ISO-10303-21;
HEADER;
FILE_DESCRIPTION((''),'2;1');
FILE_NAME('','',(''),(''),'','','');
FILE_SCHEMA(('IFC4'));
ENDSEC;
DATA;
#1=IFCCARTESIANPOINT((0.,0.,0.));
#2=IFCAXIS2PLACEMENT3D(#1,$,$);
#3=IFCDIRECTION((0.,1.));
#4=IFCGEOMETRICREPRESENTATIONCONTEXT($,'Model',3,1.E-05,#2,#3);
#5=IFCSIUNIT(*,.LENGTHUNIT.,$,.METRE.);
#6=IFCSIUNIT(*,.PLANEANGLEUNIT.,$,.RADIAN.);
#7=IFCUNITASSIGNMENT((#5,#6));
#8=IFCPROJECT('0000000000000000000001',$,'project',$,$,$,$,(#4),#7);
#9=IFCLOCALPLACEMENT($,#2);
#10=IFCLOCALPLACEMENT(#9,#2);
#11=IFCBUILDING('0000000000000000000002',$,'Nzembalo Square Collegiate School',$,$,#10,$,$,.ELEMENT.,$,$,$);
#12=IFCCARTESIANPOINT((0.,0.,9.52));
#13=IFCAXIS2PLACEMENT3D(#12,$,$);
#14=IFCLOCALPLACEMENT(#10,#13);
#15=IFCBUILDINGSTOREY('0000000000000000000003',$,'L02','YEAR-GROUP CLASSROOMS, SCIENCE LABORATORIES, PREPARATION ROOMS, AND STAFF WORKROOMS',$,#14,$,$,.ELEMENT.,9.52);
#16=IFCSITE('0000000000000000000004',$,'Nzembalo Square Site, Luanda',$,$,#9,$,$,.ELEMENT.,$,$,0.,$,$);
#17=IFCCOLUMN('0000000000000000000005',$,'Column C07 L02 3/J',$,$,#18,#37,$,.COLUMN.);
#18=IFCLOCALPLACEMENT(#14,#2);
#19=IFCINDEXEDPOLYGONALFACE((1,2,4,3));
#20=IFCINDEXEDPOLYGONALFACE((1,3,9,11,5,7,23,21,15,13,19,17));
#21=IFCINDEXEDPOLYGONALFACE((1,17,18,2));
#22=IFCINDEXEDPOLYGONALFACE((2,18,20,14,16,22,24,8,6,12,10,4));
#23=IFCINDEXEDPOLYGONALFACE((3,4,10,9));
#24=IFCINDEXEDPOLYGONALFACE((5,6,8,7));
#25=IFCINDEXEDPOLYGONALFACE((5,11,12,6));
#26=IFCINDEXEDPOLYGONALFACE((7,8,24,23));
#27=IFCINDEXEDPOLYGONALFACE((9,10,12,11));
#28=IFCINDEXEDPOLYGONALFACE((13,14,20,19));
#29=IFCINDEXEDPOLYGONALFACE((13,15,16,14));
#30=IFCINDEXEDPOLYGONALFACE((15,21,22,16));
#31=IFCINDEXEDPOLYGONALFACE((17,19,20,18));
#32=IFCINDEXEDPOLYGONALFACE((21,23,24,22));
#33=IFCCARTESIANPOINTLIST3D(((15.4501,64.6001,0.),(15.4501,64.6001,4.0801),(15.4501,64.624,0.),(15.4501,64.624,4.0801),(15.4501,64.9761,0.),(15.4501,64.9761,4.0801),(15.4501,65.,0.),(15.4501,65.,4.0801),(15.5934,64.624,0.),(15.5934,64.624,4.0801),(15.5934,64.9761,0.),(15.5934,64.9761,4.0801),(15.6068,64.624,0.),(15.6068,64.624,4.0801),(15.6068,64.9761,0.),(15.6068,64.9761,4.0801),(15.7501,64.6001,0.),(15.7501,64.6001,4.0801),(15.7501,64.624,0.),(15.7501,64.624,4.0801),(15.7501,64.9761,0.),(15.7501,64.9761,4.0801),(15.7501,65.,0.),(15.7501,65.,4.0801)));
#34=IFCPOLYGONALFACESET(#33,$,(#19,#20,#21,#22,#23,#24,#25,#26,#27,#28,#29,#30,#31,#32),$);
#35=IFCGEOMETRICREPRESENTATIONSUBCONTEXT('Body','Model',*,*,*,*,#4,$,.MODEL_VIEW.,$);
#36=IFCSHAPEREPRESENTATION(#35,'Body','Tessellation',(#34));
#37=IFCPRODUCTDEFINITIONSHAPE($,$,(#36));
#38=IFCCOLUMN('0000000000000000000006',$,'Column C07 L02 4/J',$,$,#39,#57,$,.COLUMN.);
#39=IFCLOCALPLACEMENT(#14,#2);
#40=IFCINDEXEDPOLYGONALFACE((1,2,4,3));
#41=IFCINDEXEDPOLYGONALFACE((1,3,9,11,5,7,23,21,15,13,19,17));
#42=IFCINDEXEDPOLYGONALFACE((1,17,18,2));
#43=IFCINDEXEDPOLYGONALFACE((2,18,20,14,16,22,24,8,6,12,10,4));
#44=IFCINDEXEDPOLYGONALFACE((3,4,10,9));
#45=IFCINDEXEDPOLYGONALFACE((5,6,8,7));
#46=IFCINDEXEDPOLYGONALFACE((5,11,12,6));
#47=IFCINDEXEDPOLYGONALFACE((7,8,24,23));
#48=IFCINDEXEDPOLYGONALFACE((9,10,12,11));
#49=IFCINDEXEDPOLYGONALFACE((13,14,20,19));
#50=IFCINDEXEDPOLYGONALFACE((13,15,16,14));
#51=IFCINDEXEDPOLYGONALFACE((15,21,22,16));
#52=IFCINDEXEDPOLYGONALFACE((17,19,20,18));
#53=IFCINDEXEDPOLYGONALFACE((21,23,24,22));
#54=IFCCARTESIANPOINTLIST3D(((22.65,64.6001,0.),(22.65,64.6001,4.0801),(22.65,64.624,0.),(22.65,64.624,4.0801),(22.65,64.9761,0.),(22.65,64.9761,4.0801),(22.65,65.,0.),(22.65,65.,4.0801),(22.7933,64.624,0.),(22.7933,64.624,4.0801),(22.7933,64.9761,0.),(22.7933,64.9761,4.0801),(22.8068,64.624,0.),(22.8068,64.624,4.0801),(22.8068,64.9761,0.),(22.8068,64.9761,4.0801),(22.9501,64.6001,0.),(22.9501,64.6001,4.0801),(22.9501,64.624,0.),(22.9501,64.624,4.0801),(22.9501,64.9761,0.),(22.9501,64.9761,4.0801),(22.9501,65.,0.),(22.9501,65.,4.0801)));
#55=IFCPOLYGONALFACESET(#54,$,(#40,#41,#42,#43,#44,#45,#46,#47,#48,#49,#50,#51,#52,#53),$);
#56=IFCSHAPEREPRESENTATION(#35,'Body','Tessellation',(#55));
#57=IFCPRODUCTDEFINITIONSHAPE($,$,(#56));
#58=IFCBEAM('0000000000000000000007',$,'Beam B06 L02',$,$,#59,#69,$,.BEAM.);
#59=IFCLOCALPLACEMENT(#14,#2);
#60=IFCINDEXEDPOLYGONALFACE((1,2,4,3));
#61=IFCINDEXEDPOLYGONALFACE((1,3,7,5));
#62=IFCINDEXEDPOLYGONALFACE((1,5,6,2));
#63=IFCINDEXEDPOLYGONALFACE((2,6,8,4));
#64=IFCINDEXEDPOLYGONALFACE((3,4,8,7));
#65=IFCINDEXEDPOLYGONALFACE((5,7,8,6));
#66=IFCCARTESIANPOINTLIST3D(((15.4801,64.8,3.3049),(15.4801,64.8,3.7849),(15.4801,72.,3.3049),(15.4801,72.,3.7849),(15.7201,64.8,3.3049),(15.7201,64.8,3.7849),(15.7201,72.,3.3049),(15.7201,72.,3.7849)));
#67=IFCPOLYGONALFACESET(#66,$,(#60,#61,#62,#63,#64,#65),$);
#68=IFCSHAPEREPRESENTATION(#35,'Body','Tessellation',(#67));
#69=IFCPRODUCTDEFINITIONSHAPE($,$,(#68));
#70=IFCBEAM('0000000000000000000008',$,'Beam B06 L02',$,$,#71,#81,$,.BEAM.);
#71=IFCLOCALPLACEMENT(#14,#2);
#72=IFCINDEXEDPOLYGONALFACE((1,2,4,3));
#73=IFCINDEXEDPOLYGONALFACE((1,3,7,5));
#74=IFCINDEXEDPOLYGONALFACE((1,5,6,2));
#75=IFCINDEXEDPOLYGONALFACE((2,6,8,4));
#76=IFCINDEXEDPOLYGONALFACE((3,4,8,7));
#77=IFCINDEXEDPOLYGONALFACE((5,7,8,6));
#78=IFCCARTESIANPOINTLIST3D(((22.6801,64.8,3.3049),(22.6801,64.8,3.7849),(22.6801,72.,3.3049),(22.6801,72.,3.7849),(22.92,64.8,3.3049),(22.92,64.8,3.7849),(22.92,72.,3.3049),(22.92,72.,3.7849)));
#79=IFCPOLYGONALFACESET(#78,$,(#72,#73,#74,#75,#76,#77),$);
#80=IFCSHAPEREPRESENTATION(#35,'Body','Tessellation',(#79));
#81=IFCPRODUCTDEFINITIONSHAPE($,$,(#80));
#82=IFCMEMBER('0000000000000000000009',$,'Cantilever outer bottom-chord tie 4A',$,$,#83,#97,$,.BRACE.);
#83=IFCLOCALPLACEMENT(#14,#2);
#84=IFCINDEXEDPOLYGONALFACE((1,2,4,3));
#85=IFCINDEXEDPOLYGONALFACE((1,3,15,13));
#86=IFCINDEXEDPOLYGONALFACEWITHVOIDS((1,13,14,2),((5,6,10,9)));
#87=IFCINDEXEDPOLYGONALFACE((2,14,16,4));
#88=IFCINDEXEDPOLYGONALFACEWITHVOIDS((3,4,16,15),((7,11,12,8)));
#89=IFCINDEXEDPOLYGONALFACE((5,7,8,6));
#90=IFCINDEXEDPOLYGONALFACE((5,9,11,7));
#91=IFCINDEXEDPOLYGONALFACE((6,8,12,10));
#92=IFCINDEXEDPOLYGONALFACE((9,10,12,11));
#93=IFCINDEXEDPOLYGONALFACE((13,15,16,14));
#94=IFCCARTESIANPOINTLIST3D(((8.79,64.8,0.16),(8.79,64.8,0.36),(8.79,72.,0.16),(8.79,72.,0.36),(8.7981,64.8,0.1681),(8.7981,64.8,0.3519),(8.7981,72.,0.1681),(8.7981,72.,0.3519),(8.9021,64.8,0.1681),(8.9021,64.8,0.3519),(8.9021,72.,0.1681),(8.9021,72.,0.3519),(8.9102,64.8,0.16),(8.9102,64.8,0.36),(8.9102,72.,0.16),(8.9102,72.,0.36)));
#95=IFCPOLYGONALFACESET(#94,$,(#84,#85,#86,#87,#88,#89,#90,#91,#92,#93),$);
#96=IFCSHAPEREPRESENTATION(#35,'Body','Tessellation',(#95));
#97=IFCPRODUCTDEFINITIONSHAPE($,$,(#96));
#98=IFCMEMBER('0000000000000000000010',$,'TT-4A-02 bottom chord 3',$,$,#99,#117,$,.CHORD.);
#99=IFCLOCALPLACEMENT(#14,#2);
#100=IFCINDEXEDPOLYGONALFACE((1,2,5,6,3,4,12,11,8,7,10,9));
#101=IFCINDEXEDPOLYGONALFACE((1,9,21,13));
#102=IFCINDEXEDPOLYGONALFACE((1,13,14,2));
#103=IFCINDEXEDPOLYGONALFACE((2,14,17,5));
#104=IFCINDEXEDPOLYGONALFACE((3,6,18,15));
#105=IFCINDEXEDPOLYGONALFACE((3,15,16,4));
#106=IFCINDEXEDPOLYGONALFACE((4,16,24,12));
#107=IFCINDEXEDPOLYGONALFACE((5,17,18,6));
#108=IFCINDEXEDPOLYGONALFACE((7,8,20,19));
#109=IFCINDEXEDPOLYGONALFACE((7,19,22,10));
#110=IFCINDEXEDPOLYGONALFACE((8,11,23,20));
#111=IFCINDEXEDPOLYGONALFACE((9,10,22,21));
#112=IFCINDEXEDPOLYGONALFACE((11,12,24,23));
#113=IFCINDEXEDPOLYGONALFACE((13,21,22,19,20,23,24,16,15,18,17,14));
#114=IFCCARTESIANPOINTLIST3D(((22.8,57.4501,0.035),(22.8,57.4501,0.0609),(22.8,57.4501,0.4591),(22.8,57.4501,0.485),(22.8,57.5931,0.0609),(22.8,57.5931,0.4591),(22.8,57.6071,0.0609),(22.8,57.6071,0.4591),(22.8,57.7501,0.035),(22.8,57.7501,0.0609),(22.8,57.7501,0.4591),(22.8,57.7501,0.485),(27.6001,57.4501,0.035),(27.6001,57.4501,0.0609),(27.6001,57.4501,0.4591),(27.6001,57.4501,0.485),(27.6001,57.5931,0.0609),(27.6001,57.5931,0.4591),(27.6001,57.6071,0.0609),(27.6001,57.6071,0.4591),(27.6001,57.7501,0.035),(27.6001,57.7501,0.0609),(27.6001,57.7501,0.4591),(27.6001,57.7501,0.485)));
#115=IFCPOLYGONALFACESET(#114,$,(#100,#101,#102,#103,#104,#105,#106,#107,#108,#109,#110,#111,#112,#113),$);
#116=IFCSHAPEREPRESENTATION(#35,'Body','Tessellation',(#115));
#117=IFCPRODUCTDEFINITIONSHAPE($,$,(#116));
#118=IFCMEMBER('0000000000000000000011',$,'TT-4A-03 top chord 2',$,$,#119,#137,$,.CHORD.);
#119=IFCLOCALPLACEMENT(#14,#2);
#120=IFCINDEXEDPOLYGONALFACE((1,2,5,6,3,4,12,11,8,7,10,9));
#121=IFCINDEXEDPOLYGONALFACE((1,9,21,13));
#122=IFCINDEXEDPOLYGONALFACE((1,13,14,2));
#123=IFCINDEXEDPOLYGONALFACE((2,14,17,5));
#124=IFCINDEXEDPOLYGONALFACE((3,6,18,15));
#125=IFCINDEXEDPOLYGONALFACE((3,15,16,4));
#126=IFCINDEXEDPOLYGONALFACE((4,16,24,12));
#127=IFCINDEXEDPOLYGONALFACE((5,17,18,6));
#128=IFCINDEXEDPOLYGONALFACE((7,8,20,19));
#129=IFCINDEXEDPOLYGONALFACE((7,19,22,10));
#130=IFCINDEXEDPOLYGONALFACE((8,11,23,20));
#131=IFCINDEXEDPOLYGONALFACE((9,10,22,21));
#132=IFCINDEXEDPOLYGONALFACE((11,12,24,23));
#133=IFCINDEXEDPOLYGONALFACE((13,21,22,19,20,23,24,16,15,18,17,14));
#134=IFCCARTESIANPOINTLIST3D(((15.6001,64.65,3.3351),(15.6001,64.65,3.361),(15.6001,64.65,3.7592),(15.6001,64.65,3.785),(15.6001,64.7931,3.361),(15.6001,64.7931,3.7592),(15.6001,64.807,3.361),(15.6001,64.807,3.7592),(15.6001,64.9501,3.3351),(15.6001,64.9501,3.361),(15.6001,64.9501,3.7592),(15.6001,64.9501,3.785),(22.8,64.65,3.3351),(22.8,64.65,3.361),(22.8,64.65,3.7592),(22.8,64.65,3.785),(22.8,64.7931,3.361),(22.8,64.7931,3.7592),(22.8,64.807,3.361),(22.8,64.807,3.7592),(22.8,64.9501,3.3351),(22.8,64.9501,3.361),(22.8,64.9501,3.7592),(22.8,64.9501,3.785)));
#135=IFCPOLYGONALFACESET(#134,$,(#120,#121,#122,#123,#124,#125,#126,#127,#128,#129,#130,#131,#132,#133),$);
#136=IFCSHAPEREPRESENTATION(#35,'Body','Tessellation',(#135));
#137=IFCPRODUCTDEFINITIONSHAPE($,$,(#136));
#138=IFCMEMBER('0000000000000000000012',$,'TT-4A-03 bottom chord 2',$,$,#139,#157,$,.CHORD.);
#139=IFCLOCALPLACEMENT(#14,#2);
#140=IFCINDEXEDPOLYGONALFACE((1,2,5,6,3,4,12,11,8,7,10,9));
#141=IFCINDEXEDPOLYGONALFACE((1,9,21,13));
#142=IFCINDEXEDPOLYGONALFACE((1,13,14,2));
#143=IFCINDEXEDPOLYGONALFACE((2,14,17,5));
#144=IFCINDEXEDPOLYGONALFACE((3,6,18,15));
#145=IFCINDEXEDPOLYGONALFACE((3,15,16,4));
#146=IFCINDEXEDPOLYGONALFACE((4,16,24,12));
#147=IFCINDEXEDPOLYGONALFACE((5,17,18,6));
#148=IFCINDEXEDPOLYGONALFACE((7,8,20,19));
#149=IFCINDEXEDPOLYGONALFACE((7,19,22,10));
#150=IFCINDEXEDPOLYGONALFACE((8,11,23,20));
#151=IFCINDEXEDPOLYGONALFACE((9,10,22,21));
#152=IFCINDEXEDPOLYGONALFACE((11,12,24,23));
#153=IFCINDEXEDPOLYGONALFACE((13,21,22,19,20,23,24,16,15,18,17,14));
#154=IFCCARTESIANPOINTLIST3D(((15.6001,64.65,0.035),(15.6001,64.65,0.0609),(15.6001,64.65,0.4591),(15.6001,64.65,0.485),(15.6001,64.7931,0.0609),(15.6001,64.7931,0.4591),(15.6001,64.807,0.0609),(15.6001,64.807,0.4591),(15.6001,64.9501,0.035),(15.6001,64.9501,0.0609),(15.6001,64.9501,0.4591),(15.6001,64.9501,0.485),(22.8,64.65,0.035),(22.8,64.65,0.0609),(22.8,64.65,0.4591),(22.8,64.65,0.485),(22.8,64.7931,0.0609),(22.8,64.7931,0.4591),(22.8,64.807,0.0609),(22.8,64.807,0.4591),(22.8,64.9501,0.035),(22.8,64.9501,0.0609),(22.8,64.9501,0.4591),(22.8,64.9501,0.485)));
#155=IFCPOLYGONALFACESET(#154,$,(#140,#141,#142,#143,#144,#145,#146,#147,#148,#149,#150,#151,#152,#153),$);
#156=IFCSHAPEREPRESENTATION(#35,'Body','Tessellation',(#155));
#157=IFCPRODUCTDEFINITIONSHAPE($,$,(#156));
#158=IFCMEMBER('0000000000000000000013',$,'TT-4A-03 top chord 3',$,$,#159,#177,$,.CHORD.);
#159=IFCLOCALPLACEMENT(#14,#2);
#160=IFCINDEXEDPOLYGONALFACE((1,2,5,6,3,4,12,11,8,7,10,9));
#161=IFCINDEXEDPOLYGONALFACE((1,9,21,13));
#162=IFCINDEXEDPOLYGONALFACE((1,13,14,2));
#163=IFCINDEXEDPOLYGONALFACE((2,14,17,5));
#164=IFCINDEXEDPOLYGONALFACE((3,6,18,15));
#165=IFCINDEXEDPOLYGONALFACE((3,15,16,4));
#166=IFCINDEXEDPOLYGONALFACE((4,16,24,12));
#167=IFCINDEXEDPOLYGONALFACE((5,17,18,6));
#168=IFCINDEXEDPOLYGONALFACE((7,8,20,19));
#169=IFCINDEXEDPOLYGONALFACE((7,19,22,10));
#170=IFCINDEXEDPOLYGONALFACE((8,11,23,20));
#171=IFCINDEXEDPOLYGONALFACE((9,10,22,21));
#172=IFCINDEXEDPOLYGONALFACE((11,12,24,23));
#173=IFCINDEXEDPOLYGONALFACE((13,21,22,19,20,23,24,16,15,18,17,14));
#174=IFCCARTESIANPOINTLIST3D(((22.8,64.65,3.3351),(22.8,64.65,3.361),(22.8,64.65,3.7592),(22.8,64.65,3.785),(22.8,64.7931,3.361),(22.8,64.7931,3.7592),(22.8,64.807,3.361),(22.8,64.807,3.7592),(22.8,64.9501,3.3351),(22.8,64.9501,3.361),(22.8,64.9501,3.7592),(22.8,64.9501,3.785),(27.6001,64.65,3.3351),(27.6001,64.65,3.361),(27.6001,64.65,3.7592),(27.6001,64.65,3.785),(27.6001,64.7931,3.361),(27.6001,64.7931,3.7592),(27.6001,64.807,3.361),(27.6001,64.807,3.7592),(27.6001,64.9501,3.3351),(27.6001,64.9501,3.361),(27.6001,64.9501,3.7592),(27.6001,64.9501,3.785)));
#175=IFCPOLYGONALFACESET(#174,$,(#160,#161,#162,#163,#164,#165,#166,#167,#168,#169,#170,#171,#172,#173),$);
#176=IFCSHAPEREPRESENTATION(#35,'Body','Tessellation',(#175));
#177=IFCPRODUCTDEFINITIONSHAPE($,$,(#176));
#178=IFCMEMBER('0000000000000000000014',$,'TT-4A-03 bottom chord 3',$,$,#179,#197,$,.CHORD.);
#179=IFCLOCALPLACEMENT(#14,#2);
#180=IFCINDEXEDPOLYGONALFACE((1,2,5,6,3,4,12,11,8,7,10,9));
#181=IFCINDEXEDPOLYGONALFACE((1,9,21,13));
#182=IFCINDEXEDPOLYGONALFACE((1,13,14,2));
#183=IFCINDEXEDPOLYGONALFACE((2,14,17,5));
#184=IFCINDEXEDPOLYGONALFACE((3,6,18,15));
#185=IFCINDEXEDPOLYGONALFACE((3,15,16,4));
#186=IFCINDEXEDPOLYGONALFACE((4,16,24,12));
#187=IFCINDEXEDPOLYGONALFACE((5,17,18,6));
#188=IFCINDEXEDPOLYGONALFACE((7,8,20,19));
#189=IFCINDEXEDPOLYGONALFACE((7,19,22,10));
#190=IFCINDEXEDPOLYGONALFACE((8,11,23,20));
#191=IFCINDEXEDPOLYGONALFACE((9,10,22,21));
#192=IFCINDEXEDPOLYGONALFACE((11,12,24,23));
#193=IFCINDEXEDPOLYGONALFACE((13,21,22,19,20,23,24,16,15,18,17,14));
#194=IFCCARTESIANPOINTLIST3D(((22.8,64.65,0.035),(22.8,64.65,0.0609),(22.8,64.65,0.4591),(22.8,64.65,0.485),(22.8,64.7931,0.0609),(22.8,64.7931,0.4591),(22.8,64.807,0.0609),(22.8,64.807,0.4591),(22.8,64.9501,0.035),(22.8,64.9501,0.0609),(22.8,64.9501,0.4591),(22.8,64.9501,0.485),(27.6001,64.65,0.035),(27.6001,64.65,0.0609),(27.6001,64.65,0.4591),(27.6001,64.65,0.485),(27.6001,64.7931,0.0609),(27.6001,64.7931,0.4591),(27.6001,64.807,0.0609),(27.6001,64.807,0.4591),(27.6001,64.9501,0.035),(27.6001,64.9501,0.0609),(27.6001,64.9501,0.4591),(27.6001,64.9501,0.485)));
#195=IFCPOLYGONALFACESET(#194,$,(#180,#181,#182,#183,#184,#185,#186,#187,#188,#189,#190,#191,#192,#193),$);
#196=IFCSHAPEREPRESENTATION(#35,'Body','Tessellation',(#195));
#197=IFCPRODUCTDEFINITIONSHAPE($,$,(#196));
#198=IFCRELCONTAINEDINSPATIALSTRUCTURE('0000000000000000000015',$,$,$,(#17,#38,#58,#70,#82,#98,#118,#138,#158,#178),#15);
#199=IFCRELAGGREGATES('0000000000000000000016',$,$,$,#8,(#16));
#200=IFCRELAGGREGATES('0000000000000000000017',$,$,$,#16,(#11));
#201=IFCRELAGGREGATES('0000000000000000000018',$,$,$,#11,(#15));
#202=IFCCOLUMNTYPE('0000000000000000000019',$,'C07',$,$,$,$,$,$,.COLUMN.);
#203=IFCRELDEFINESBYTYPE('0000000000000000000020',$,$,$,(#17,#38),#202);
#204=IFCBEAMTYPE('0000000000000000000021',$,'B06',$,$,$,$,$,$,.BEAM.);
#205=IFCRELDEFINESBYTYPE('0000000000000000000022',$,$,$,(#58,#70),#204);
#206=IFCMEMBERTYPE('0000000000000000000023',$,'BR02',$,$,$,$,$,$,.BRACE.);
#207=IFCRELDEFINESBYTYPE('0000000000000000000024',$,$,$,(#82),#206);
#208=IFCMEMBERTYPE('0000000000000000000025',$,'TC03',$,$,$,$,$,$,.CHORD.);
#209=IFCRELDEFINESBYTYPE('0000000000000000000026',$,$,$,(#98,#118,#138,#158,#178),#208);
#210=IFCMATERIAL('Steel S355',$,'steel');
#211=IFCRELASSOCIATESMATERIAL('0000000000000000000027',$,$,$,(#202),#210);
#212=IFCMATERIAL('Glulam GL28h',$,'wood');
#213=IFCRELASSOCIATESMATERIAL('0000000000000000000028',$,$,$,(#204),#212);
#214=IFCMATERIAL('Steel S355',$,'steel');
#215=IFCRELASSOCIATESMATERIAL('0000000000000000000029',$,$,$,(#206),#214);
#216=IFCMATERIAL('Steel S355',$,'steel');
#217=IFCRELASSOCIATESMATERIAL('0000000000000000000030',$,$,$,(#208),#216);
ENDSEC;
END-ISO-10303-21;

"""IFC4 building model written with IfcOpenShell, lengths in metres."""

from ifc_helpers import new_model, si_unit, direction, frame, origin, origin_2d, place, context, subcontext, project, spatial, rectangle, hollow_rectangle, i_section, extrude, material, material_profile, profile_set, type_object, element, save


model = new_model("IFC4")

# Units and contexts
model_context = context("Model", 3, precision=1e-05, world=origin(), true_north=direction((0.0, 1.0)))
body_context = subcontext(model_context, "Body", "Model", "MODEL_VIEW")
ifc_project = project(units=[si_unit("LENGTHUNIT", "METRE"), si_unit("PLANEANGLEUNIT", "RADIAN")], contexts=[model_context])

# Site, building, storey
site_placement = place(None, origin())
site = spatial("IfcSite", under=ifc_project, at=site_placement, Name="Nzembalo Square Site, Luanda", CompositionType="ELEMENT", RefElevation=0.0)
building_placement = place(site_placement, origin())
building = spatial("IfcBuilding", under=site, at=building_placement, Name="Nzembalo Square Collegiate School", CompositionType="ELEMENT")
storey_placement = place(building_placement, frame((0.0, 0.0, 9.52)))
storey = spatial("IfcBuildingStorey", under=building, at=storey_placement, Name="L02", Description="YEAR-GROUP CLASSROOMS, SCIENCE LABORATORIES, PREPARATION ROOMS, AND STAFF WORKROOMS", CompositionType="ELEMENT", Elevation=9.52)

# Columns
ifc_material_1 = material(Name="Steel S355", Category="steel")
ifc_material_profile_1 = material_profile(ifc_material_1, i_section(OverallWidth=0.3, OverallDepth=0.3999, WebThickness=0.0134, FlangeThickness=0.0239, at=origin_2d()), Name="HEB 400")
ifc_profile_set_1 = profile_set([ifc_material_profile_1], Name="Steel S355")
column_type = type_object("IfcColumnType", Name="C07", PredefinedType="COLUMN", material=ifc_profile_set_1)
for number, where, z_axis, x_axis, name in (
    (1, (15.6001, 64.8, 0.0), (0.0, 0.0, 1.0), (1.0, 0.0, 0.0), "Column C07 L02 3/J"),
    (2, (22.8, 64.8, 0.0), (0.0, 0.0, 1.0), (1.0, 0.0, 0.0), "Column C07 L02 4/J"),
):
    element("IfcColumn", number, at=place(storey_placement, frame(where, z_axis=z_axis, x_axis=x_axis)), inside=storey, type_object=column_type, Name=name, PredefinedType="COLUMN", context=body_context, shape_type="SweptSolid", body=[
        extrude(i_section(OverallWidth=0.3, OverallDepth=0.3999, WebThickness=0.0134, FlangeThickness=0.0239, at=origin_2d()), origin(), (0.0, 0.0, 1.0), 4.0801),
    ])

# Beams
ifc_material_2 = material(Name="Glulam GL28h", Category="wood")
ifc_material_profile_2 = material_profile(ifc_material_2, rectangle(XDim=0.24, YDim=0.48, at=origin_2d()), Name="GL28h 240x480")
ifc_profile_set_2 = profile_set([ifc_material_profile_2], Name="Glulam GL28h")
beam_type = type_object("IfcBeamType", Name="B06", PredefinedType="BEAM", material=ifc_profile_set_2)
for number, where, z_axis, x_axis, name in (
    (3, (15.6001, 64.8, 3.5449), (0.0, 1.0, 0.0), (-1.0, 0.0, 0.0), "Beam B06 L02"),
    (4, (22.8, 64.8, 3.5449), (0.0, 1.0, 0.0), (-1.0, 0.0, 0.0), "Beam B06 L02"),
):
    element("IfcBeam", number, at=place(storey_placement, frame(where, z_axis=z_axis, x_axis=x_axis)), inside=storey, type_object=beam_type, Name=name, PredefinedType="BEAM", context=body_context, shape_type="SweptSolid", body=[
        extrude(rectangle(XDim=0.24, YDim=0.48, at=origin_2d()), origin(), (0.0, 0.0, 1.0), 7.2),
    ])

# Members
ifc_material_3 = material(Name="Steel S355", Category="steel")
ifc_material_profile_3 = material_profile(ifc_material_3, hollow_rectangle(XDim=0.1201, YDim=0.2, WallThickness=0.0081, at=origin_2d()), Name="RHS 200x120x8")
ifc_profile_set_3 = profile_set([ifc_material_profile_3], Name="Steel S355")
member_type_1 = type_object("IfcMemberType", Name="BR02", PredefinedType="BRACE", material=ifc_profile_set_3)
member_1_placement = place(storey_placement, frame((8.8501, 64.8, 0.26), z_axis=(0.0, 1.0, 0.0), x_axis=(-1.0, 0.0, 0.0)))
element("IfcMember", 5, at=member_1_placement, inside=storey, type_object=member_type_1, Name="Cantilever outer bottom-chord tie 4A", PredefinedType="BRACE", context=body_context, shape_type="SweptSolid", body=[
    extrude(hollow_rectangle(XDim=0.1201, YDim=0.2, WallThickness=0.0081, at=origin_2d()), origin(), (0.0, 0.0, 1.0), 7.2),
])
ifc_material_4 = material(Name="Steel S355", Category="steel")
ifc_material_profile_4 = material_profile(ifc_material_4, i_section(OverallWidth=0.3, OverallDepth=0.45, WebThickness=0.0139, FlangeThickness=0.0259, at=origin_2d()), Name="HEB 450")
ifc_profile_set_4 = profile_set([ifc_material_profile_4], Name="Steel S355")
member_type_2 = type_object("IfcMemberType", Name="TC03", PredefinedType="CHORD", material=ifc_profile_set_4)
member_2_placement = place(storey_placement, frame((22.8, 57.6001, 0.26), z_axis=(1.0, 0.0, 0.0), x_axis=(0.0, 1.0, 0.0)))
element("IfcMember", 6, at=member_2_placement, inside=storey, type_object=member_type_2, Name="TT-4A-02 bottom chord 3", PredefinedType="CHORD", context=body_context, shape_type="SweptSolid", body=[
    extrude(i_section(OverallWidth=0.3, OverallDepth=0.45, WebThickness=0.0139, FlangeThickness=0.0259, at=origin_2d()), origin(), (0.0, 0.0, 1.0), 4.8),
])
for number, where, z_axis, x_axis, name in (
    (7, (15.6001, 64.8, 3.5601), (1.0, 0.0, 0.0), (0.0, 1.0, 0.0), "TT-4A-03 top chord 2"),
    (8, (15.6001, 64.8, 0.26), (1.0, 0.0, 0.0), (0.0, 1.0, 0.0), "TT-4A-03 bottom chord 2"),
):
    element("IfcMember", number, at=place(storey_placement, frame(where, z_axis=z_axis, x_axis=x_axis)), inside=storey, type_object=member_type_2, Name=name, PredefinedType="CHORD", context=body_context, shape_type="SweptSolid", body=[
        extrude(i_section(OverallWidth=0.3, OverallDepth=0.45, WebThickness=0.0139, FlangeThickness=0.0259, at=origin_2d()), origin(), (0.0, 0.0, 1.0), 7.2),
    ])
for number, where, z_axis, x_axis, name in (
    (9, (22.8, 64.8, 3.5601), (1.0, 0.0, 0.0), (0.0, 1.0, 0.0), "TT-4A-03 top chord 3"),
    (10, (22.8, 64.8, 0.26), (1.0, 0.0, 0.0), (0.0, 1.0, 0.0), "TT-4A-03 bottom chord 3"),
):
    element("IfcMember", number, at=place(storey_placement, frame(where, z_axis=z_axis, x_axis=x_axis)), inside=storey, type_object=member_type_2, Name=name, PredefinedType="CHORD", context=body_context, shape_type="SweptSolid", body=[
        extrude(i_section(OverallWidth=0.3, OverallDepth=0.45, WebThickness=0.0139, FlangeThickness=0.0259, at=origin_2d()), origin(), (0.0, 0.0, 1.0), 4.8),
    ])

save(model, "model.ifc")
